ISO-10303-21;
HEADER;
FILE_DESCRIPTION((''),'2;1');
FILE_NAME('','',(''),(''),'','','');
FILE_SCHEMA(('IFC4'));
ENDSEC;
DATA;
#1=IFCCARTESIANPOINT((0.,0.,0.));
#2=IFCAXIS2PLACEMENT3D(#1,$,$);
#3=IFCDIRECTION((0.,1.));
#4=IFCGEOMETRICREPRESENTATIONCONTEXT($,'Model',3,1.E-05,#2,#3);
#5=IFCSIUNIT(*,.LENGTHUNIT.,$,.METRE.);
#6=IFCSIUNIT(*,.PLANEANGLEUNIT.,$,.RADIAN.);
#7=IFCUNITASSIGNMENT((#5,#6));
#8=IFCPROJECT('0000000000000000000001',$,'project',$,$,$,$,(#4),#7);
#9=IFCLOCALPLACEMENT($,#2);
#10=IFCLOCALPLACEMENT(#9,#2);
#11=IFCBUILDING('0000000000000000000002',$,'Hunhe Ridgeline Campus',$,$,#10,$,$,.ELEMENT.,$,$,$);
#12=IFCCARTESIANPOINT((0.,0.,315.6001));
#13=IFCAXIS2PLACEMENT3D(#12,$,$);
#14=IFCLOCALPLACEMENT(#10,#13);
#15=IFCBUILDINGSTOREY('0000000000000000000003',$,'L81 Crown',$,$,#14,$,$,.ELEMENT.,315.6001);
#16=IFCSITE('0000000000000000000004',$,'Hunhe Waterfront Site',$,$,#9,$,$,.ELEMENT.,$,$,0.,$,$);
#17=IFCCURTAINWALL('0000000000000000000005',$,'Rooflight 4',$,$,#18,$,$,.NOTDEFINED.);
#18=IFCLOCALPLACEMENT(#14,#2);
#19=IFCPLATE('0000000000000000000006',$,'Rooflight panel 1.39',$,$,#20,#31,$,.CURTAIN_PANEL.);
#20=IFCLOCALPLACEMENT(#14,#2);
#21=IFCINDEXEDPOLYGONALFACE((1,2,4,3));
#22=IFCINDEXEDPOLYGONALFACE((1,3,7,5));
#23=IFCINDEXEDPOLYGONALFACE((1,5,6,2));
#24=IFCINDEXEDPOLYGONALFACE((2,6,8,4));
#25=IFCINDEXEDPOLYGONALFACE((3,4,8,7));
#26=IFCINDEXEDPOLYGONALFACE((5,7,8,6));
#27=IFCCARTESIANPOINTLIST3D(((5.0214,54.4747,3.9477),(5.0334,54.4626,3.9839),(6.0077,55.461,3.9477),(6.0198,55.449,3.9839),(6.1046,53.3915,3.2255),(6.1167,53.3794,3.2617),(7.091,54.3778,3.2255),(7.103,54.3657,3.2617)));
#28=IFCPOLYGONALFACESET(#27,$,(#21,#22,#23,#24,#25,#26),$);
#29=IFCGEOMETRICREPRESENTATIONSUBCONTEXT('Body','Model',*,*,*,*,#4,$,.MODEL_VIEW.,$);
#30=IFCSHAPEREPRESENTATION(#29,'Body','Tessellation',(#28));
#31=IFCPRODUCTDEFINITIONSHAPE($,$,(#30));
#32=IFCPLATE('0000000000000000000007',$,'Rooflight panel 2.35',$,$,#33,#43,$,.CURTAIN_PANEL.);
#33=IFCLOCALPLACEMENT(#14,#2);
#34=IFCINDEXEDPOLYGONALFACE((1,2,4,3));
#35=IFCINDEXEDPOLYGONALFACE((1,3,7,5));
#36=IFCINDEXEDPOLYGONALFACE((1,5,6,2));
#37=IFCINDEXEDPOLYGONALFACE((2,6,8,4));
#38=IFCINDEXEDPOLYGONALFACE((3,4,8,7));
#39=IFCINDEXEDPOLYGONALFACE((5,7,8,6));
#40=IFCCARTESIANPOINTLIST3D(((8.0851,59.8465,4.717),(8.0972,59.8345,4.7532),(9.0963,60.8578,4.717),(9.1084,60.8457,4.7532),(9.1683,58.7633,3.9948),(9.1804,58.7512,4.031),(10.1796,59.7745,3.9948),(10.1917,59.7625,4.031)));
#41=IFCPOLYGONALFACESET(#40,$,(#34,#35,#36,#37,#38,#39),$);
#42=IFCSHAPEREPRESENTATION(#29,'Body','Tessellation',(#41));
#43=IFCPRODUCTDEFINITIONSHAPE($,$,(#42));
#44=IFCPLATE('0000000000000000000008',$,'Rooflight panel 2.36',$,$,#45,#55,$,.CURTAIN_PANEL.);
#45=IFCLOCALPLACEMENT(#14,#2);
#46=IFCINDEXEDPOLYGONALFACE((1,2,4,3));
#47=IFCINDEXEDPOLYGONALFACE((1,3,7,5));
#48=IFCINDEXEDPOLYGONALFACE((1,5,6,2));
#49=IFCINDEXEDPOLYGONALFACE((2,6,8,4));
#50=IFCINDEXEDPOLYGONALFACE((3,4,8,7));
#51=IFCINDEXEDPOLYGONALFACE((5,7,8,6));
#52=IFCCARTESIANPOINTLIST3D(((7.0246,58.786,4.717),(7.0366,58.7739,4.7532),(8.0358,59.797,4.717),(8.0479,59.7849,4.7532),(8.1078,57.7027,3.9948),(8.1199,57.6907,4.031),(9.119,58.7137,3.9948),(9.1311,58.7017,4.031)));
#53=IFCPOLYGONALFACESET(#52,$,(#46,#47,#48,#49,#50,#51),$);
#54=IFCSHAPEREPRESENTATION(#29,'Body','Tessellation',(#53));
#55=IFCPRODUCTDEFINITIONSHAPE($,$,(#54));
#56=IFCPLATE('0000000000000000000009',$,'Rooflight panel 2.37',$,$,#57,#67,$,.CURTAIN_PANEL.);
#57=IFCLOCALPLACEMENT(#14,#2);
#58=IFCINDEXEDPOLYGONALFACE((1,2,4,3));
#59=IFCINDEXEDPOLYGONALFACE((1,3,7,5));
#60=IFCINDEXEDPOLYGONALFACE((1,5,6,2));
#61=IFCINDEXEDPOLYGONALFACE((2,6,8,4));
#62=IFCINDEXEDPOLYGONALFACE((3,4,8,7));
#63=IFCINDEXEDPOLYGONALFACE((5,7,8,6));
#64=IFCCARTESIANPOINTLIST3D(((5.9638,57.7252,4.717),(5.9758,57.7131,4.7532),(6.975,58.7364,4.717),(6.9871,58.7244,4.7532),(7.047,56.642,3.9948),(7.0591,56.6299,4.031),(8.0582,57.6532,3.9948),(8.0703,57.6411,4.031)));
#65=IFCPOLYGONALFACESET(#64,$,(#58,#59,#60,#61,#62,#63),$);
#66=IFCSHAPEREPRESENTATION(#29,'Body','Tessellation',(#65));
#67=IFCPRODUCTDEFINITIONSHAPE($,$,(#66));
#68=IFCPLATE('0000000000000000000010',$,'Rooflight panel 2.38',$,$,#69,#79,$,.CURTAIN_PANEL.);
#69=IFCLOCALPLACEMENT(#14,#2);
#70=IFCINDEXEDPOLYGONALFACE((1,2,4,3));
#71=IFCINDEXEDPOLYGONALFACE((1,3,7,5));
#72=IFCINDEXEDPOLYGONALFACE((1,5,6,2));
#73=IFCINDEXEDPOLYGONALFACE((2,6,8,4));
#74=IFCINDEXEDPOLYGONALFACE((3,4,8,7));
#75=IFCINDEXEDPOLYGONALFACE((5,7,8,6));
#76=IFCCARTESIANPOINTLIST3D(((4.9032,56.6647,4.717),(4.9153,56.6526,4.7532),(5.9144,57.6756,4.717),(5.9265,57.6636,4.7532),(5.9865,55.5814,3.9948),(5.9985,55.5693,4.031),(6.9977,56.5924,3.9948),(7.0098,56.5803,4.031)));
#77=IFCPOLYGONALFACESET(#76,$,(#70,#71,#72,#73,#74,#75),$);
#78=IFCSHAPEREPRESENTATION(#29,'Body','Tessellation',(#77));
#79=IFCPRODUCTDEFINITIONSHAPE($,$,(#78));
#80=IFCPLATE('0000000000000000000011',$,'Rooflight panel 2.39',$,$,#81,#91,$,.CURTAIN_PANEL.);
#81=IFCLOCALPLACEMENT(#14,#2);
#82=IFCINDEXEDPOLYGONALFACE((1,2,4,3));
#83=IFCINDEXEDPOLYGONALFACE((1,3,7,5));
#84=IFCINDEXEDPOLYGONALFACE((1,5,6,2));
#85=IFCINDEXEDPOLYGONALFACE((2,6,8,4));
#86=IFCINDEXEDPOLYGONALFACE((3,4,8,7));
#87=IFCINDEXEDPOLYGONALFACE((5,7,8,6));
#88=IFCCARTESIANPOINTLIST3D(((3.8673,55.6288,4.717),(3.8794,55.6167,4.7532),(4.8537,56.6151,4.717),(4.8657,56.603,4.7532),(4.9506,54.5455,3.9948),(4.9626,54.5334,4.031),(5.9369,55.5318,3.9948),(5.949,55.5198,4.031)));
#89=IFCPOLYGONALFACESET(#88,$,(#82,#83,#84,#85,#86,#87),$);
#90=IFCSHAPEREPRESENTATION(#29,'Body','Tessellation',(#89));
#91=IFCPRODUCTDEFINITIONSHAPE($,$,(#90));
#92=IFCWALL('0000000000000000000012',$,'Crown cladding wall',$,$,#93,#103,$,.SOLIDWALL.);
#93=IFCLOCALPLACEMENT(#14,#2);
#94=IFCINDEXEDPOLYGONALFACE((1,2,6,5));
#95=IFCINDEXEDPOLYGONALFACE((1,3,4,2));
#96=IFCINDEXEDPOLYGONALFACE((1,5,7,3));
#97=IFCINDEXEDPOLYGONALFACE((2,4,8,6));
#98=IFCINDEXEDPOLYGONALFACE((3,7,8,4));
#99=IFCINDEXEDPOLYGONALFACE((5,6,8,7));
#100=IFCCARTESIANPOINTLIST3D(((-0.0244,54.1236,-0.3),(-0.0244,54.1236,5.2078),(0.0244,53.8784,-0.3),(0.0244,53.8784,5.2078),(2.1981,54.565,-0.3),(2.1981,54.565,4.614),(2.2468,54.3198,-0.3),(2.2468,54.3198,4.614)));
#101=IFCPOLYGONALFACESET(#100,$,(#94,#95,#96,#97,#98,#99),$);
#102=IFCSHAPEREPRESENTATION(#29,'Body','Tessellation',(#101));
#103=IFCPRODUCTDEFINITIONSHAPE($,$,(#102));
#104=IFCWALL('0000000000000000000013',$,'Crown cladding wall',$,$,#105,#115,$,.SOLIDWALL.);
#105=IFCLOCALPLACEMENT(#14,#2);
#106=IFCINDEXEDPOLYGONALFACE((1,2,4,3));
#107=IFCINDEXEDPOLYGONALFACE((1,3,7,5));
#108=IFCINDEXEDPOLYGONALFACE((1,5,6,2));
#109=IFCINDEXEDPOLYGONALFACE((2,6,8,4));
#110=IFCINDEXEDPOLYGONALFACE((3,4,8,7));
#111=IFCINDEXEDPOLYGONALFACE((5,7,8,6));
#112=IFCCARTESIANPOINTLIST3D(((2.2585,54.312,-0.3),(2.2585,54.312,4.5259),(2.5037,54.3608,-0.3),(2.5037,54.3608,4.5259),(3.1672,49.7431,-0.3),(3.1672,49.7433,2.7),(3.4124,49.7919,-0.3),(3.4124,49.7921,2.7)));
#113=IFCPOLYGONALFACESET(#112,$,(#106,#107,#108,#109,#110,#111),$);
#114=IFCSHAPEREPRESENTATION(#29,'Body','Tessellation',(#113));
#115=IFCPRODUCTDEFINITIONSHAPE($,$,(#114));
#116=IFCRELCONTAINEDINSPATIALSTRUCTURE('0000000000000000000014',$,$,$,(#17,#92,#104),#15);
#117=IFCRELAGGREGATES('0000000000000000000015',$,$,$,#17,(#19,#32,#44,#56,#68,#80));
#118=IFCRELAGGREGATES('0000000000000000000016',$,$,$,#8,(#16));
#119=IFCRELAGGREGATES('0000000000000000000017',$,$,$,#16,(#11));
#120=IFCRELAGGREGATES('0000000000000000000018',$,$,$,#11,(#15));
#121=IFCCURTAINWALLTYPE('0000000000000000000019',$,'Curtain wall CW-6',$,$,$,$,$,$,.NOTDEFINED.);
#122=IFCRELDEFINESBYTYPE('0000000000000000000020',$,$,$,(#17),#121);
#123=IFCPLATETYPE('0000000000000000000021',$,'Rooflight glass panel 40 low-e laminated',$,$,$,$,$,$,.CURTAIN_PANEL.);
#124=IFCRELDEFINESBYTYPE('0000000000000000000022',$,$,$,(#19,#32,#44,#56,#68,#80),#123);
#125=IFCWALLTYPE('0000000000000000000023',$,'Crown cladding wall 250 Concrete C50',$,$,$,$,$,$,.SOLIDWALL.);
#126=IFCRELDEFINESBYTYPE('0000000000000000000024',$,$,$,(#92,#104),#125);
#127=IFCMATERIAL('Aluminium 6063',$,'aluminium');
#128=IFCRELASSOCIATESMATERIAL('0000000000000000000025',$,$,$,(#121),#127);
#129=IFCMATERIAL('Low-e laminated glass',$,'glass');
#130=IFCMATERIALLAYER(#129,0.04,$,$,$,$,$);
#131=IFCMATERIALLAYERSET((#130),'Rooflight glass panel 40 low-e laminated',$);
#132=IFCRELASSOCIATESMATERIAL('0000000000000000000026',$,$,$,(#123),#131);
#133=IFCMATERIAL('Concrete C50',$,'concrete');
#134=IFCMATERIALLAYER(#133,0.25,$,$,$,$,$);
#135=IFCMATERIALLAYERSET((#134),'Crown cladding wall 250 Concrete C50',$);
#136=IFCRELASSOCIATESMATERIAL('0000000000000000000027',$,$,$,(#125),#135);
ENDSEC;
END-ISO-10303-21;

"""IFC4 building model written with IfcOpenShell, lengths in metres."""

from ifc_helpers import new_model, si_unit, direction, frame, origin, place, context, subcontext, project, spatial, polyline, outline, extrude, material, layer, layer_set, type_object, element, aggregate, save


model = new_model("IFC4")

# Units and contexts
model_context = context("Model", 3, precision=1e-05, world=origin(), true_north=direction((0.0, 1.0)))
body_context = subcontext(model_context, "Body", "Model", "MODEL_VIEW")
ifc_project = project(units=[si_unit("LENGTHUNIT", "METRE"), si_unit("PLANEANGLEUNIT", "RADIAN")], contexts=[model_context])

# Site, building, storey
site_placement = place(None, origin())
site = spatial("IfcSite", under=ifc_project, at=site_placement, Name="Hunhe Waterfront Site", CompositionType="ELEMENT", RefElevation=0.0)
building_placement = place(site_placement, origin())
building = spatial("IfcBuilding", under=site, at=building_placement, Name="Hunhe Ridgeline Campus", CompositionType="ELEMENT")
storey_placement = place(building_placement, frame((0.0, 0.0, 315.6001)))
storey = spatial("IfcBuildingStorey", under=building, at=storey_placement, Name="L81 Crown", CompositionType="ELEMENT", Elevation=315.6001)

# Curtain wall, plates
ifc_material_1 = material(Name="Aluminium 6063", Category="aluminium")
curtain_wall_type = type_object("IfcCurtainWallType", Name="Curtain wall CW-6", PredefinedType="NOTDEFINED", material=ifc_material_1)
curtain_wall_placement = place(storey_placement, origin())
curtain_wall = element("IfcCurtainWall", 1, at=curtain_wall_placement, inside=storey, type_object=curtain_wall_type, Name="Rooflight 4", PredefinedType="NOTDEFINED")
ifc_material_2 = material(Name="Low-e laminated glass", Category="glass")
ifc_layer_1 = layer(ifc_material_2, 0.04)
ifc_layer_set_1 = layer_set([ifc_layer_1], Name="Rooflight glass panel 40 low-e laminated")
plate_type = type_object("IfcPlateType", Name="Rooflight glass panel 40 low-e laminated", PredefinedType="CURTAIN_PANEL", material=ifc_layer_set_1)
plate_1_placement = place(storey_placement, frame((7.103, 54.3657, 3.2617), z_axis=(0.301511, -0.301511, 0.904534), x_axis=(-0.639602, 0.639602, 0.426401)))
plate_1 = element("IfcPlate", 2, at=plate_1_placement, type_object=plate_type, Name="Rooflight panel 1.39", PredefinedType="CURTAIN_PANEL", context=body_context, shape_type="SweptSolid", body=[
    extrude(outline(polyline([(0.0, 0.0), (1.6936, 0.0), (1.6936, 1.3949), (0.0, 1.3949), (0.0, 0.0)])), origin(), (0.0, 0.0, -1.0), 0.04),
])
plate_2_placement = place(storey_placement, frame((10.1917, 59.7625, 4.031), z_axis=(0.301511, -0.301511, 0.904534), x_axis=(-0.639602, 0.639602, 0.426401)))
plate_2 = element("IfcPlate", 3, at=plate_2_placement, type_object=plate_type, Name="Rooflight panel 2.35", PredefinedType="CURTAIN_PANEL", context=body_context, shape_type="SweptSolid", body=[
    extrude(outline(polyline([(0.0, 0.0), (1.6936, 0.0), (1.6936, 1.4301), (0.0, 1.4301), (0.0, 0.0)])), origin(), (0.0, 0.0, -1.0), 0.04),
])
plate_3_placement = place(storey_placement, frame((9.1311, 58.7017, 4.031), z_axis=(0.301475, -0.301548, 0.904534), x_axis=(-0.639602, 0.639602, 0.426401)))
plate_3 = element("IfcPlate", 4, at=plate_3_placement, type_object=plate_type, Name="Rooflight panel 2.36", PredefinedType="CURTAIN_PANEL", context=body_context, shape_type="SweptSolid", body=[
    extrude(outline(polyline([(0.0, 0.0), (1.6936, 0.0), (1.6938, 1.4299), (0.0002, 1.4299), (0.0, 0.0)])), origin(), (0.0, 0.0, -1.0), 0.04),
])
plate_4_placement = place(storey_placement, frame((8.0703, 57.6411, 4.031), z_axis=(0.301511, -0.301511, 0.904534), x_axis=(-0.639602, 0.639602, 0.426401)))
plate_4 = element("IfcPlate", 5, at=plate_4_placement, type_object=plate_type, Name="Rooflight panel 2.37", PredefinedType="CURTAIN_PANEL", context=body_context, shape_type="SweptSolid", body=[
    extrude(outline(polyline([(0.0, 0.0), (1.6936, 0.0), (1.6936, 1.4301), (0.0, 1.4301), (0.0, 0.0)])), origin(), (0.0, 0.0, -1.0), 0.04),
])
plate_5_placement = place(storey_placement, frame((7.0098, 56.5803, 4.031), z_axis=(0.301475, -0.301548, 0.904534), x_axis=(-0.639602, 0.639602, 0.426401)))
plate_5 = element("IfcPlate", 6, at=plate_5_placement, type_object=plate_type, Name="Rooflight panel 2.38", PredefinedType="CURTAIN_PANEL", context=body_context, shape_type="SweptSolid", body=[
    extrude(outline(polyline([(0.0, 0.0), (1.6936, 0.0), (1.6938, 1.4299), (0.0002, 1.4299), (0.0, 0.0)])), origin(), (0.0, 0.0, -1.0), 0.04),
])
plate_6_placement = place(storey_placement, frame((5.949, 55.5198, 4.031), z_axis=(0.301511, -0.301511, 0.904534), x_axis=(-0.639602, 0.639602, 0.426401)))
plate_6 = element("IfcPlate", 7, at=plate_6_placement, type_object=plate_type, Name="Rooflight panel 2.39", PredefinedType="CURTAIN_PANEL", context=body_context, shape_type="SweptSolid", body=[
    extrude(outline(polyline([(0.0, 0.0), (1.6936, 0.0), (1.6936, 1.3949), (0.0, 1.3949), (0.0, 0.0)])), origin(), (0.0, 0.0, -1.0), 0.04),
])
aggregate(curtain_wall, [plate_1, plate_2, plate_3, plate_4, plate_5, plate_6])

# Walls
ifc_material_3 = material(Name="Concrete C50", Category="concrete")
ifc_layer_2 = layer(ifc_material_3, 0.25)
ifc_layer_set_2 = layer_set([ifc_layer_2], Name="Crown cladding wall 250 Concrete C50")
wall_type = type_object("IfcWallType", Name="Crown cladding wall 250 Concrete C50", PredefinedType="SOLIDWALL", material=ifc_layer_set_2)
wall_1_placement = place(storey_placement, frame((0.0, 54.001, -0.3), z_axis=(0.0, 0.0, 1.0), x_axis=(0.980841, 0.194811, 0.0)))
element("IfcWall", 8, at=wall_1_placement, inside=storey, type_object=wall_type, Name="Crown cladding wall", PredefinedType="SOLIDWALL", context=body_context, shape_type="SweptSolid", body=[
    extrude(outline(polyline([(0.0, 0.0), (2.2659, 0.0), (2.2659, 4.9141), (0.0, 5.5078), (0.0, 0.0)])), frame((0.0, 0.125, 0.0), z_axis=(0.0, -1.0, 0.0), x_axis=(1.0, 0.0, 0.0)), (0.0, 0.0, 1.0), 0.25),
])
wall_2_placement = place(storey_placement, frame((2.3811, 54.3364, -0.3), z_axis=(0.0, 0.0, 1.0), x_axis=(0.195068, -0.98079, 0.0)))
element("IfcWall", 9, at=wall_2_placement, inside=storey, type_object=wall_type, Name="Crown cladding wall", PredefinedType="SOLIDWALL", context=body_context, shape_type="SweptSolid", body=[
    extrude(outline(polyline([(0.0, 0.0), (4.6584, 0.0), (4.6582, 3.0), (0.0, 4.8259), (0.0, 0.0)])), frame((0.0, 0.125, 0.0), z_axis=(0.0, -1.0, 0.0), x_axis=(1.0, 0.0, 0.0)), (0.0, 0.0, 1.0), 0.25),
])

save(model, "model.ifc")
